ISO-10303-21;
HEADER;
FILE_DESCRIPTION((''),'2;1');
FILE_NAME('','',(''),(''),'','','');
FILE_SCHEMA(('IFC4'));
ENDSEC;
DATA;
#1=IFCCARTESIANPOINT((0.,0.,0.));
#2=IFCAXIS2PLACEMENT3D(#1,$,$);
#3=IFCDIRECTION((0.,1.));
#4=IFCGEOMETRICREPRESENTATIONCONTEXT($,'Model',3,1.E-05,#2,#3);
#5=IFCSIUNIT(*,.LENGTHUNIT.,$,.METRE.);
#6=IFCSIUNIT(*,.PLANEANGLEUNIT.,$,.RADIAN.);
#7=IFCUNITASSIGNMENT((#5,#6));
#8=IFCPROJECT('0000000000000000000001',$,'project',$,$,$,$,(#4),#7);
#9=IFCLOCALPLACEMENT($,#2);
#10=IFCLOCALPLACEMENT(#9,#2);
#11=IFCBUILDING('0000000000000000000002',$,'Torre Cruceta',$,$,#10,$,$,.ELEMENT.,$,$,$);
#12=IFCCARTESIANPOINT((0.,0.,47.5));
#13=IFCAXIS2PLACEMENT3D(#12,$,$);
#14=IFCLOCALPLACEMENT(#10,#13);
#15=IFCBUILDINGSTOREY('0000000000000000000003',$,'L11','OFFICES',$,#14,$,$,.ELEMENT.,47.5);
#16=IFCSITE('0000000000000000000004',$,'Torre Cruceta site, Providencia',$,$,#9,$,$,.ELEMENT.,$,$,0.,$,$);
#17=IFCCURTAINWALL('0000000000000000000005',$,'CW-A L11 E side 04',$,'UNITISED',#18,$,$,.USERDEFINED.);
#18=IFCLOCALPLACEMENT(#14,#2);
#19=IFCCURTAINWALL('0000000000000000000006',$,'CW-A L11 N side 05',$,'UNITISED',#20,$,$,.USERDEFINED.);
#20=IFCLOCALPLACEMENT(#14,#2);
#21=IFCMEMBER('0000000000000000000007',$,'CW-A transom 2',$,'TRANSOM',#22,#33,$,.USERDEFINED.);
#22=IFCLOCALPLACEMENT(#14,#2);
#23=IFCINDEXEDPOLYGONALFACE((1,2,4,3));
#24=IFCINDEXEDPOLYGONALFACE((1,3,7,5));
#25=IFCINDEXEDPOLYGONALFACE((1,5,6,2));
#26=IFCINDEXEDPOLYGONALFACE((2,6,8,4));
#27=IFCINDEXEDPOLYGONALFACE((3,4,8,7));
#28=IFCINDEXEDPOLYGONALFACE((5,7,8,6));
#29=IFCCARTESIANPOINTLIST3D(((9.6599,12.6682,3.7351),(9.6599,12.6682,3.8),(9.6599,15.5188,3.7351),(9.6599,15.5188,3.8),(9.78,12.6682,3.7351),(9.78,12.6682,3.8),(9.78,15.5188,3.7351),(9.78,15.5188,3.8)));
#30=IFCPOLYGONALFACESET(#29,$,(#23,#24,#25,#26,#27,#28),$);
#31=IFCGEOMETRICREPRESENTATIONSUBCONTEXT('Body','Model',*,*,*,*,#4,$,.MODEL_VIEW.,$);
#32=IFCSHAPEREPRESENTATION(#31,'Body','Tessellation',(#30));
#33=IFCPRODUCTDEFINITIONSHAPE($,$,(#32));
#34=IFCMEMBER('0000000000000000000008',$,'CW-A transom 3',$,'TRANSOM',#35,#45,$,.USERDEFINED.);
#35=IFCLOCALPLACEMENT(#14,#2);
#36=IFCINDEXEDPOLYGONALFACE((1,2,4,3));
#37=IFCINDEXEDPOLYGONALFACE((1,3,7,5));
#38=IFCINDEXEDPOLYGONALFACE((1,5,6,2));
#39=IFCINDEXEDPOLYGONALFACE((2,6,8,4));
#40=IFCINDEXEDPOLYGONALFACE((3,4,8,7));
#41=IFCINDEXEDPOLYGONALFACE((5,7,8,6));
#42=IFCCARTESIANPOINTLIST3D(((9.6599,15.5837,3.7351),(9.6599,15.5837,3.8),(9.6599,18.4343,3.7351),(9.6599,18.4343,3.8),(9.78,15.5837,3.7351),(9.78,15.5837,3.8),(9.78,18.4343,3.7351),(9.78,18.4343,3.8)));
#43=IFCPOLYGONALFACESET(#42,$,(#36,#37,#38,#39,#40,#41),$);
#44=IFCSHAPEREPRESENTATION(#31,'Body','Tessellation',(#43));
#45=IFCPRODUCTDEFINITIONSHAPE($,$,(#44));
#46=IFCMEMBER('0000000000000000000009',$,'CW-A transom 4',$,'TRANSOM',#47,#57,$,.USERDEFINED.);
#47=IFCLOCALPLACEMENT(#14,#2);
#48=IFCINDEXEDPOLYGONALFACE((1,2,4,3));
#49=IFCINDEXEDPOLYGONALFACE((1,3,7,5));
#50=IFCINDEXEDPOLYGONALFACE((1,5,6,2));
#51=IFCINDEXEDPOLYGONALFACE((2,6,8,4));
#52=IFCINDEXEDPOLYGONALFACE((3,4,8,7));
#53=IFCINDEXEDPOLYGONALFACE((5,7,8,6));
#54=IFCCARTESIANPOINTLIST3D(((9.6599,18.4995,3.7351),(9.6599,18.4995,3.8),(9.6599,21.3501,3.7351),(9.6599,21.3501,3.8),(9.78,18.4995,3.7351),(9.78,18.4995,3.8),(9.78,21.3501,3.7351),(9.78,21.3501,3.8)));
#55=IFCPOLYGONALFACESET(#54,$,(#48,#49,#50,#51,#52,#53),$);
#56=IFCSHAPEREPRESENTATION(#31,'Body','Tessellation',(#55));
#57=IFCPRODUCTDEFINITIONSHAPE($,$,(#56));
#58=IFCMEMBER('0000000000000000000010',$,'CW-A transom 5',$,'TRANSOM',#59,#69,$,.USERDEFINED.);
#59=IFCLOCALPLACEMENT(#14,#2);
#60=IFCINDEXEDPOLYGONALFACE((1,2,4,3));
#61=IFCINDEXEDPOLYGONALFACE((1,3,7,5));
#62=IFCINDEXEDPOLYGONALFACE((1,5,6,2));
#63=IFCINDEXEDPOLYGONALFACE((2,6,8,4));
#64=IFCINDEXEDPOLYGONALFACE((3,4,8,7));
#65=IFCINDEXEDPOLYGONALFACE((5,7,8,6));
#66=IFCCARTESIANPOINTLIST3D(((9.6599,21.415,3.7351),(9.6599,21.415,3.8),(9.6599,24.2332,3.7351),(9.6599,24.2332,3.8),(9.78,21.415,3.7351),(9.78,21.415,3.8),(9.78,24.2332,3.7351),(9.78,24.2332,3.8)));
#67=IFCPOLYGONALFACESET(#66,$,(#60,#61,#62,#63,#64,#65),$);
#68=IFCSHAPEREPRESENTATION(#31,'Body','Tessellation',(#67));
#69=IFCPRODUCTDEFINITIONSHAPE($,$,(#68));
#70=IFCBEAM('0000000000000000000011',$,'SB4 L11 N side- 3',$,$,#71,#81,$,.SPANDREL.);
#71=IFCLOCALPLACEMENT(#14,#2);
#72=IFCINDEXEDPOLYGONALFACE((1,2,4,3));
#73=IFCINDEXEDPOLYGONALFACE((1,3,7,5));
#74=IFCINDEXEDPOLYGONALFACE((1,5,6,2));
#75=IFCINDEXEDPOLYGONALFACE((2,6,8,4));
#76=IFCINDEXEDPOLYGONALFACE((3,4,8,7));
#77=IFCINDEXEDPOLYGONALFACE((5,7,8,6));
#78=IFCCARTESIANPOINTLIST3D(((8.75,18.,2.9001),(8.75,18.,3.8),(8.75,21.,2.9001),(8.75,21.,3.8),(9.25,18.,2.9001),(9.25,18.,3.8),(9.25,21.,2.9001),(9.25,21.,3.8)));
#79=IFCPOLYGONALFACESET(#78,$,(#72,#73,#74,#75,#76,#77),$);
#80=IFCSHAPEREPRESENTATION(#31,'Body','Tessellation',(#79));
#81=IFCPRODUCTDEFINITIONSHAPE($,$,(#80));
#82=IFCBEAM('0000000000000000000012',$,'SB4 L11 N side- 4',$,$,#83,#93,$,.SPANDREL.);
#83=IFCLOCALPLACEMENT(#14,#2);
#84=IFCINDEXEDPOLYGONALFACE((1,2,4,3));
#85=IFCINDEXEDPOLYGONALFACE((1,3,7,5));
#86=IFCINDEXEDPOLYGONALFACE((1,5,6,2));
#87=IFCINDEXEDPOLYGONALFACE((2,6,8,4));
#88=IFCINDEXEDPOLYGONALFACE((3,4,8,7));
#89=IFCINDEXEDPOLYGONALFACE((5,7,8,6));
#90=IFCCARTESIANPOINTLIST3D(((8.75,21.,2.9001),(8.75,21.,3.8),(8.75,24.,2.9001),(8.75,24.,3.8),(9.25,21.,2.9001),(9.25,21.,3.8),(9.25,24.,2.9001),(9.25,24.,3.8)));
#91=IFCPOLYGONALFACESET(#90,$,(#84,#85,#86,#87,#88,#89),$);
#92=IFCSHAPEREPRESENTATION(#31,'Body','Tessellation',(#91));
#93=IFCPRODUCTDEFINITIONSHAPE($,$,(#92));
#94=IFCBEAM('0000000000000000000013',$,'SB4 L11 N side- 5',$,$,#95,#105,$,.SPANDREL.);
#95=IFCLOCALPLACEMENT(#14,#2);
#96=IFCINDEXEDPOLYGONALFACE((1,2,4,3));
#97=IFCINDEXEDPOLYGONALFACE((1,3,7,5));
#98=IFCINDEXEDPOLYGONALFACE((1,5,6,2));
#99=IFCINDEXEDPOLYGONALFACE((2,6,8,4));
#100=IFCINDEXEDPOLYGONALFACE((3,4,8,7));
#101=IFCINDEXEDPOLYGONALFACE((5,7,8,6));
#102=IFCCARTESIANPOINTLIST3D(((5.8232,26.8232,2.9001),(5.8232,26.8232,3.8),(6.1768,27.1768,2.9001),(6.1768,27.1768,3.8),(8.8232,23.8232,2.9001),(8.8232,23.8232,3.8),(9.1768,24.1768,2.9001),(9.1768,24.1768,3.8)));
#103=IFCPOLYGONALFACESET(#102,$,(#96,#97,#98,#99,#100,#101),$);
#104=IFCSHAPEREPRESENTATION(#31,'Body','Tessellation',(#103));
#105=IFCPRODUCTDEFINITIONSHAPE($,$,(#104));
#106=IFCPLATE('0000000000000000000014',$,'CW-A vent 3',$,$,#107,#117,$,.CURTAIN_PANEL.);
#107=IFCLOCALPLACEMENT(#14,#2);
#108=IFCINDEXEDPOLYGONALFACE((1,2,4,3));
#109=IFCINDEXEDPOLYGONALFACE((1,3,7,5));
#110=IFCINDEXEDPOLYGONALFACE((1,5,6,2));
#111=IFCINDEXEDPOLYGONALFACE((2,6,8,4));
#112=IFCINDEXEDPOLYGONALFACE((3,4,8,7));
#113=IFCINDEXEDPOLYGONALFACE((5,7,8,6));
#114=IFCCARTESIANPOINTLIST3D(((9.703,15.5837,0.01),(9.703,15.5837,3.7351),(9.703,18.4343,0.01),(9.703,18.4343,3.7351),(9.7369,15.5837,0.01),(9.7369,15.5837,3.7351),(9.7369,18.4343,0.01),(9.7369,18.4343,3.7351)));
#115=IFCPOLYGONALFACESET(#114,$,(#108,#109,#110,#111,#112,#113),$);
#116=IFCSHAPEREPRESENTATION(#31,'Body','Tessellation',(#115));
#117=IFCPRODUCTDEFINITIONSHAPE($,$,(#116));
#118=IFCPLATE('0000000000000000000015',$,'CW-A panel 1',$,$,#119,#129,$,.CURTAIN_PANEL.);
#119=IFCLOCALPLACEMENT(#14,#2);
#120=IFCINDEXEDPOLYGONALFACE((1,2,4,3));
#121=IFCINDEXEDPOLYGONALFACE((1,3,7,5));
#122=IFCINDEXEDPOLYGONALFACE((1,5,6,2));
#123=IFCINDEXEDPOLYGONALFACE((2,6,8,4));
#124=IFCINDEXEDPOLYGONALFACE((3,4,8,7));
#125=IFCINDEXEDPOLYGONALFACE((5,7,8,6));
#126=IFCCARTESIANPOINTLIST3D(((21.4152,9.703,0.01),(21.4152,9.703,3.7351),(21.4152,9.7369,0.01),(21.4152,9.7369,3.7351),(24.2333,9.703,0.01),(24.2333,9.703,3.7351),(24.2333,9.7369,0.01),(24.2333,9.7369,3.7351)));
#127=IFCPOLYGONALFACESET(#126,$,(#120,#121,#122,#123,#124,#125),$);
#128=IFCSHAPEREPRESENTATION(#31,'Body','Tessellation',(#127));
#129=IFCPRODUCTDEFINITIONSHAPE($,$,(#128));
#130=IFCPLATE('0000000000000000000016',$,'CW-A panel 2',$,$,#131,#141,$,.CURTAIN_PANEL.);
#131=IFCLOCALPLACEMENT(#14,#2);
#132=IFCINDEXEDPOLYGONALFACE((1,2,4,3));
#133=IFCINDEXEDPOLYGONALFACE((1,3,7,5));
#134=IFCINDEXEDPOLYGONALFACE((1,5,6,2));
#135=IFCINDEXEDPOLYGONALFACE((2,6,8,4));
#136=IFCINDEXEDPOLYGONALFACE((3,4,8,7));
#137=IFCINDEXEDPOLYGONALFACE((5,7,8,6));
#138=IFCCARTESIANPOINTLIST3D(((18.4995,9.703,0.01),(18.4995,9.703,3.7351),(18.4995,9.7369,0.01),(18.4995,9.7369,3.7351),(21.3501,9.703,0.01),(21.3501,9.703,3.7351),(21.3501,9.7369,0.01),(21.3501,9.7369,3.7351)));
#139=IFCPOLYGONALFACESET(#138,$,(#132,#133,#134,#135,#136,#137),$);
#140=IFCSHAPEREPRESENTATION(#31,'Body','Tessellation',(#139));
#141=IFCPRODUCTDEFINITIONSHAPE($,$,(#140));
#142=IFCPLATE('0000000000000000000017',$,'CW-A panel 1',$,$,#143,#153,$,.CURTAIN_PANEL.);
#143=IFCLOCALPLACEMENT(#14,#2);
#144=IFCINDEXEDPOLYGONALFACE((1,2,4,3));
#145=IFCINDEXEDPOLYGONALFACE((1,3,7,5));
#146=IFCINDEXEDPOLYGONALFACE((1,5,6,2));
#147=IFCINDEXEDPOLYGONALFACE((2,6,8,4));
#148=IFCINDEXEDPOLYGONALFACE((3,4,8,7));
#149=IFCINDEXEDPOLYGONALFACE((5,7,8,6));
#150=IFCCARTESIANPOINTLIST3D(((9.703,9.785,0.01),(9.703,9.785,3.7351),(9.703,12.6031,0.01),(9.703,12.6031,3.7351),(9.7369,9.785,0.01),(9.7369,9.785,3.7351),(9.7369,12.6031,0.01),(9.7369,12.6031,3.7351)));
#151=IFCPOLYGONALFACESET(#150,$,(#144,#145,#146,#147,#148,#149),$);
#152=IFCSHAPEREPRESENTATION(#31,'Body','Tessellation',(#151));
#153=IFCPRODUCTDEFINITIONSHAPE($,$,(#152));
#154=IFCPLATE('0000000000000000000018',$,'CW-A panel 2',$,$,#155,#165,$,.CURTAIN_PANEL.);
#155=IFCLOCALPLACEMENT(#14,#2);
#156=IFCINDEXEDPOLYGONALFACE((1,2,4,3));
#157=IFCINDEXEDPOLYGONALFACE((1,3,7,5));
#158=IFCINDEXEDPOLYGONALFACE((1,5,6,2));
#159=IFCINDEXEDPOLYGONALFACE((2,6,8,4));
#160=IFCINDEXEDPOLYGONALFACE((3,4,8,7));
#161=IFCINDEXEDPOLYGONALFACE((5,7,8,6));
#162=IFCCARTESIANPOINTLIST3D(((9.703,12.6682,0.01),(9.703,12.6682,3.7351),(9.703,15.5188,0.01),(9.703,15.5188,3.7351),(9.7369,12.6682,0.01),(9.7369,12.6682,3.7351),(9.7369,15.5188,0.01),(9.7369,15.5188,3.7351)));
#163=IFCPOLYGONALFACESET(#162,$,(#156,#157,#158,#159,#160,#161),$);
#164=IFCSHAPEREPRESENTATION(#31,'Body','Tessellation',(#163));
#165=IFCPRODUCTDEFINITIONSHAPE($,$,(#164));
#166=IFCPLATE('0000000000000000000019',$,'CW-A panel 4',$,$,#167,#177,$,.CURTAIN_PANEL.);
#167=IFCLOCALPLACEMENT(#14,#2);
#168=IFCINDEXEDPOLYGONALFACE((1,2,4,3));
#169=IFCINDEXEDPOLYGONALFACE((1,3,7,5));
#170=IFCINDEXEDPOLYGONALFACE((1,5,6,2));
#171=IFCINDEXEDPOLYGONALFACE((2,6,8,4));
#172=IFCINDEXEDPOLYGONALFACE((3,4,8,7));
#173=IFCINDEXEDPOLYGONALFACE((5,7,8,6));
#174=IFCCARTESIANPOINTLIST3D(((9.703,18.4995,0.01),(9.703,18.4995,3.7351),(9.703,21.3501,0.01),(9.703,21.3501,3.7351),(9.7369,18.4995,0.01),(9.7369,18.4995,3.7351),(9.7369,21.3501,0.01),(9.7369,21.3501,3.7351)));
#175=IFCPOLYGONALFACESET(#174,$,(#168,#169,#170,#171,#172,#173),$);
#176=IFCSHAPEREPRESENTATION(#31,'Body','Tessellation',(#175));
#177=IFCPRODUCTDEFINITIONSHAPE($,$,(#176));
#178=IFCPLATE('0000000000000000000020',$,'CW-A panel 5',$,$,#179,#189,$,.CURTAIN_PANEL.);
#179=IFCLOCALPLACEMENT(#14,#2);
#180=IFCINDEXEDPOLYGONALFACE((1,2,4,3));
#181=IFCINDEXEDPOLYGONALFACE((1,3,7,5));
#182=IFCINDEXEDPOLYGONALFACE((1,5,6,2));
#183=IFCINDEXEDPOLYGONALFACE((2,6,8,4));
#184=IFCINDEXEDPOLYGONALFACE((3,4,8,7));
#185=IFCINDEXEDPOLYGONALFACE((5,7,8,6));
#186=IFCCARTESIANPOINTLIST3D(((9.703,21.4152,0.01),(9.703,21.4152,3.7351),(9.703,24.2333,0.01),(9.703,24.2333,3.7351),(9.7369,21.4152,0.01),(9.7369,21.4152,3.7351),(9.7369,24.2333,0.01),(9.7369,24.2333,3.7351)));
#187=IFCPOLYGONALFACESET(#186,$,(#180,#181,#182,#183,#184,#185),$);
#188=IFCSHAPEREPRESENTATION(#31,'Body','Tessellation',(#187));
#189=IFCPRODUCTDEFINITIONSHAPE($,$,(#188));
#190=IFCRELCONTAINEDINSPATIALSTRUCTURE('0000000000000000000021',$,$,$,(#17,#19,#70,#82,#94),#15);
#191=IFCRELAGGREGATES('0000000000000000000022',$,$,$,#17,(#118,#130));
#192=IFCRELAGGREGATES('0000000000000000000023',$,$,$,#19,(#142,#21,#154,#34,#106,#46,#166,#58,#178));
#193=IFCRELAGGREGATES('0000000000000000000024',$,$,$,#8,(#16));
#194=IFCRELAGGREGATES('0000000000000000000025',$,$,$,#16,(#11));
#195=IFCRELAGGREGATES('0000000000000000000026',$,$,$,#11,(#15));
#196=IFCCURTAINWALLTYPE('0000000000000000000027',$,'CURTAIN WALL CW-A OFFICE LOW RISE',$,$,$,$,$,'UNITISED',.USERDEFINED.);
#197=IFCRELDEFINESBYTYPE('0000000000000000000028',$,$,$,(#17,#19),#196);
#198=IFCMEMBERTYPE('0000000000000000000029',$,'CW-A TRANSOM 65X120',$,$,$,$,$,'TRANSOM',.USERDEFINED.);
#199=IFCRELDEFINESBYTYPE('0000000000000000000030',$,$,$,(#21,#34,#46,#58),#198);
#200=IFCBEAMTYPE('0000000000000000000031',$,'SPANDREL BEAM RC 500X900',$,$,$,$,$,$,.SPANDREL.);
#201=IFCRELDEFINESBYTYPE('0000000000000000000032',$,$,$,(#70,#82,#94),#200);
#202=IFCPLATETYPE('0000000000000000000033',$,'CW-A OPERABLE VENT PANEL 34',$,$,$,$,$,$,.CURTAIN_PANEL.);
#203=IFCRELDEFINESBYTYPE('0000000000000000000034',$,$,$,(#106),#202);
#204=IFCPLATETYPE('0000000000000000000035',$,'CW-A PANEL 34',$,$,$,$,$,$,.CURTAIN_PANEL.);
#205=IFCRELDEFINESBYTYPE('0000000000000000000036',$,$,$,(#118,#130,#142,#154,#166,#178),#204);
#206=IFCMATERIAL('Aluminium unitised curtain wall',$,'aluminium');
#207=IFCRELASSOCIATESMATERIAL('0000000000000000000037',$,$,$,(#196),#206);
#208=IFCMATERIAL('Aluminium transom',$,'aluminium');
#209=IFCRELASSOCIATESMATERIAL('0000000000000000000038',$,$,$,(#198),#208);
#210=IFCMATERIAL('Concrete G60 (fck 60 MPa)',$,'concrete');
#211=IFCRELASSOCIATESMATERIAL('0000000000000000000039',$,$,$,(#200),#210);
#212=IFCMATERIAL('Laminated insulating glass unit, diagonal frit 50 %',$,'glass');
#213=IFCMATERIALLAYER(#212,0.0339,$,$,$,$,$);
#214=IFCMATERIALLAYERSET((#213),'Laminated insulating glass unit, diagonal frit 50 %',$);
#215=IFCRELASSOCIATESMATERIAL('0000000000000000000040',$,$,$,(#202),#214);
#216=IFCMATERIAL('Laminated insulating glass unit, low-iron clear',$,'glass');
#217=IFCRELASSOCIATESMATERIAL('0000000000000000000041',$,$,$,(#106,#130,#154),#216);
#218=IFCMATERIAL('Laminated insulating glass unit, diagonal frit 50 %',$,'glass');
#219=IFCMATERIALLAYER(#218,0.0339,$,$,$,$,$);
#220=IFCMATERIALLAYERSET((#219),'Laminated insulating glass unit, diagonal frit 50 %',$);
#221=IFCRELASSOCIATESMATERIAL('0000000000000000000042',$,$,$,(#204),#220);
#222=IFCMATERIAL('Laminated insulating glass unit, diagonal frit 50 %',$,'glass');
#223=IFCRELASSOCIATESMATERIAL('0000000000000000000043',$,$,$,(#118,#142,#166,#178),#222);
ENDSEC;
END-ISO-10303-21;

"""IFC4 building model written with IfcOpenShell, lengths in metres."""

from ifc_helpers import new_model, si_unit, direction, frame, origin, origin_2d, place, context, subcontext, project, spatial, rectangle, extrude, material, layer, layer_set, material_profile, profile_set, type_object, element, aggregate, save


model = new_model("IFC4")

# Units and contexts
model_context = context("Model", 3, precision=1e-05, world=origin(), true_north=direction((0.0, 1.0)))
body_context = subcontext(model_context, "Body", "Model", "MODEL_VIEW")
ifc_project = project(units=[si_unit("LENGTHUNIT", "METRE"), si_unit("PLANEANGLEUNIT", "RADIAN")], contexts=[model_context])

# Site, building, storey
site_placement = place(None, origin())
site = spatial("IfcSite", under=ifc_project, at=site_placement, Name="Torre Cruceta site, Providencia", CompositionType="ELEMENT", RefElevation=0.0)
building_placement = place(site_placement, origin())
building = spatial("IfcBuilding", under=site, at=building_placement, Name="Torre Cruceta", CompositionType="ELEMENT")
storey_placement = place(building_placement, frame((0.0, 0.0, 47.5)))
storey = spatial("IfcBuildingStorey", under=building, at=storey_placement, Name="L11", Description="OFFICES", CompositionType="ELEMENT", Elevation=47.5)

# Curtain walls
ifc_material_1 = material(Name="Aluminium unitised curtain wall", Category="aluminium")
curtain_wall_type = type_object("IfcCurtainWallType", Name="CURTAIN WALL CW-A OFFICE LOW RISE", ElementType="UNITISED", PredefinedType="USERDEFINED", material=ifc_material_1)
curtain_wall_1_placement = place(storey_placement, origin())
curtain_wall_1 = element("IfcCurtainWall", 1, at=curtain_wall_1_placement, inside=storey, type_object=curtain_wall_type, Name="CW-A L11 E side 04", ObjectType="UNITISED", PredefinedType="USERDEFINED")
curtain_wall_2_placement = place(storey_placement, origin())
curtain_wall_2 = element("IfcCurtainWall", 2, at=curtain_wall_2_placement, inside=storey, type_object=curtain_wall_type, Name="CW-A L11 N side 05", ObjectType="UNITISED", PredefinedType="USERDEFINED")

# Members
ifc_material_2 = material(Name="Aluminium transom", Category="aluminium")
ifc_material_profile_1 = material_profile(ifc_material_2, rectangle(XDim=0.1201, YDim=0.0649, at=origin_2d()), Name="AL 120X65")
ifc_profile_set_1 = profile_set([ifc_material_profile_1], Name="Aluminium transom")
member_type_1 = type_object("IfcMemberType", Name="CW-A TRANSOM 65X120", ElementType="TRANSOM", PredefinedType="USERDEFINED", material=ifc_profile_set_1)
member_1_placement = place(storey_placement, frame((9.72, 12.6682, 3.7676), z_axis=(0.0, 1.0, 0.0), x_axis=(-1.0, 0.0, 0.0)))
member_1 = element("IfcMember", 3, at=member_1_placement, type_object=member_type_1, Name="CW-A transom 2", ObjectType="TRANSOM", PredefinedType="USERDEFINED", context=body_context, shape_type="SweptSolid", body=[
    extrude(rectangle(XDim=0.1201, YDim=0.0649, at=origin_2d()), origin(), (0.0, 0.0, 1.0), 2.8506),
])
member_2_placement = place(storey_placement, frame((9.72, 15.5837, 3.7676), z_axis=(0.0, 1.0, 0.0), x_axis=(-1.0, 0.0, 0.0)))
member_2 = element("IfcMember", 4, at=member_2_placement, type_object=member_type_1, Name="CW-A transom 3", ObjectType="TRANSOM", PredefinedType="USERDEFINED", context=body_context, shape_type="SweptSolid", body=[
    extrude(rectangle(XDim=0.1201, YDim=0.0649, at=origin_2d()), origin(), (0.0, 0.0, 1.0), 2.8506),
])
member_3_placement = place(storey_placement, frame((9.72, 18.4995, 3.7676), z_axis=(0.0, 1.0, 0.0), x_axis=(-1.0, 0.0, 0.0)))
member_3 = element("IfcMember", 5, at=member_3_placement, type_object=member_type_1, Name="CW-A transom 4", ObjectType="TRANSOM", PredefinedType="USERDEFINED", context=body_context, shape_type="SweptSolid", body=[
    extrude(rectangle(XDim=0.1201, YDim=0.0649, at=origin_2d()), origin(), (0.0, 0.0, 1.0), 2.8506),
])
member_4_placement = place(storey_placement, frame((9.72, 21.415, 3.7676), z_axis=(0.0, 1.0, 0.0), x_axis=(-1.0, 0.0, 0.0)))
member_4 = element("IfcMember", 6, at=member_4_placement, type_object=member_type_1, Name="CW-A transom 5", ObjectType="TRANSOM", PredefinedType="USERDEFINED", context=body_context, shape_type="SweptSolid", body=[
    extrude(rectangle(XDim=0.1201, YDim=0.0649, at=origin_2d()), origin(), (0.0, 0.0, 1.0), 2.8181),
])

# Beams
ifc_material_3 = material(Name="Concrete G60 (fck 60 MPa)", Category="concrete")
ifc_material_profile_2 = material_profile(ifc_material_3, rectangle(XDim=0.5, YDim=0.8999, at=origin_2d()), Name="RC 500X900")
ifc_profile_set_2 = profile_set([ifc_material_profile_2], Name="Concrete G60 (fck 60 MPa)")
beam_type_1 = type_object("IfcBeamType", Name="SPANDREL BEAM RC 500X900", PredefinedType="SPANDREL", material=ifc_profile_set_2)
for number, where, z_axis, x_axis, name in (
    (7, (9.0, 18.0, 3.3501), (0.0, 1.0, 0.0), (-1.0, 0.0, 0.0), "SB4 L11 N side- 3"),
    (8, (9.0, 21.0, 3.3501), (0.0, 1.0, 0.0), (-1.0, 0.0, 0.0), "SB4 L11 N side- 4"),
):
    element("IfcBeam", number, at=place(storey_placement, frame(where, z_axis=z_axis, x_axis=x_axis)), inside=storey, type_object=beam_type_1, Name=name, PredefinedType="SPANDREL", context=body_context, shape_type="SweptSolid", body=[
        extrude(rectangle(XDim=0.5, YDim=0.8999, at=origin_2d()), origin(), (0.0, 0.0, 1.0), 3.0),
    ])
beam_placement = place(storey_placement, frame((9.0, 24.0, 3.3501), z_axis=(-0.707107, 0.707107, 0.0), x_axis=(-0.707107, -0.707107, 0.0)))
element("IfcBeam", 9, at=beam_placement, inside=storey, type_object=beam_type_1, Name="SB4 L11 N side- 5", PredefinedType="SPANDREL", context=body_context, shape_type="SweptSolid", body=[
    extrude(rectangle(XDim=0.5, YDim=0.8999, at=origin_2d()), origin(), (0.0, 0.0, 1.0), 4.2427),
])

# Plates
ifc_material_4 = material(Name="Laminated insulating glass unit, low-iron clear", Category="glass")
ifc_material_5 = material(Name="Laminated insulating glass unit, diagonal frit 50 %", Category="glass")
ifc_layer_1 = layer(ifc_material_5, 0.0339)
ifc_layer_set_1 = layer_set([ifc_layer_1], Name="Laminated insulating glass unit, diagonal frit 50 %")
plate_type_1 = type_object("IfcPlateType", Name="CW-A OPERABLE VENT PANEL 34", PredefinedType="CURTAIN_PANEL", material=ifc_layer_set_1)
plate_1_placement = place(storey_placement, frame((9.72, 17.009, 0.01), z_axis=(0.0, 0.0, 1.0), x_axis=(0.0, 1.0, 0.0)))
plate_1 = element("IfcPlate", 10, at=plate_1_placement, type_object=plate_type_1, material=ifc_material_4, Name="CW-A vent 3", PredefinedType="CURTAIN_PANEL", context=body_context, shape_type="SweptSolid", body=[
    extrude(rectangle(XDim=2.8506, YDim=0.0339, at=origin_2d()), origin(), (0.0, 0.0, 1.0), 3.7251),
])
ifc_material_6 = material(Name="Laminated insulating glass unit, diagonal frit 50 %", Category="glass")
ifc_material_7 = material(Name="Laminated insulating glass unit, diagonal frit 50 %", Category="glass")
ifc_layer_2 = layer(ifc_material_7, 0.0339)
ifc_layer_set_2 = layer_set([ifc_layer_2], Name="Laminated insulating glass unit, diagonal frit 50 %")
plate_type_2 = type_object("IfcPlateType", Name="CW-A PANEL 34", PredefinedType="CURTAIN_PANEL", material=ifc_layer_set_2)
plate_2_placement = place(storey_placement, frame((22.8242, 9.72, 0.01), z_axis=(0.0, 0.0, 1.0), x_axis=(-1.0, 0.0, 0.0)))
plate_2 = element("IfcPlate", 11, at=plate_2_placement, type_object=plate_type_2, material=ifc_material_6, Name="CW-A panel 1", PredefinedType="CURTAIN_PANEL", context=body_context, shape_type="SweptSolid", body=[
    extrude(rectangle(XDim=2.8181, YDim=0.0339, at=origin_2d()), origin(), (0.0, 0.0, 1.0), 3.7251),
])
plate_3_placement = place(storey_placement, frame((19.9248, 9.72, 0.01), z_axis=(0.0, 0.0, 1.0), x_axis=(-1.0, 0.0, 0.0)))
plate_3 = element("IfcPlate", 12, at=plate_3_placement, type_object=plate_type_2, material=ifc_material_4, Name="CW-A panel 2", PredefinedType="CURTAIN_PANEL", context=body_context, shape_type="SweptSolid", body=[
    extrude(rectangle(XDim=2.8506, YDim=0.0339, at=origin_2d()), origin(), (0.0, 0.0, 1.0), 3.7251),
])
aggregate(curtain_wall_1, [plate_2, plate_3])
plate_4_placement = place(storey_placement, frame((9.72, 11.1941, 0.01), z_axis=(0.0, 0.0, 1.0), x_axis=(0.0, 1.0, 0.0)))
plate_4 = element("IfcPlate", 13, at=plate_4_placement, type_object=plate_type_2, material=ifc_material_6, Name="CW-A panel 1", PredefinedType="CURTAIN_PANEL", context=body_context, shape_type="SweptSolid", body=[
    extrude(rectangle(XDim=2.8181, YDim=0.0339, at=origin_2d()), origin(), (0.0, 0.0, 1.0), 3.7251),
])
plate_5_placement = place(storey_placement, frame((9.72, 14.0935, 0.01), z_axis=(0.0, 0.0, 1.0), x_axis=(0.0, 1.0, 0.0)))
plate_5 = element("IfcPlate", 14, at=plate_5_placement, type_object=plate_type_2, material=ifc_material_4, Name="CW-A panel 2", PredefinedType="CURTAIN_PANEL", context=body_context, shape_type="SweptSolid", body=[
    extrude(rectangle(XDim=2.8506, YDim=0.0339, at=origin_2d()), origin(), (0.0, 0.0, 1.0), 3.7251),
])
plate_6_placement = place(storey_placement, frame((9.72, 19.9248, 0.01), z_axis=(0.0, 0.0, 1.0), x_axis=(0.0, 1.0, 0.0)))
plate_6 = element("IfcPlate", 15, at=plate_6_placement, type_object=plate_type_2, material=ifc_material_6, Name="CW-A panel 4", PredefinedType="CURTAIN_PANEL", context=body_context, shape_type="SweptSolid", body=[
    extrude(rectangle(XDim=2.8506, YDim=0.0339, at=origin_2d()), origin(), (0.0, 0.0, 1.0), 3.7251),
])
plate_7_placement = place(storey_placement, frame((9.72, 22.8242, 0.01), z_axis=(0.0, 0.0, 1.0), x_axis=(0.0, 1.0, 0.0)))
plate_7 = element("IfcPlate", 16, at=plate_7_placement, type_object=plate_type_2, material=ifc_material_6, Name="CW-A panel 5", PredefinedType="CURTAIN_PANEL", context=body_context, shape_type="SweptSolid", body=[
    extrude(rectangle(XDim=2.8181, YDim=0.0339, at=origin_2d()), origin(), (0.0, 0.0, 1.0), 3.7251),
])
aggregate(curtain_wall_2, [plate_4, member_1, plate_5, member_2, plate_1, member_3, plate_6, member_4, plate_7])

save(model, "model.ifc")
